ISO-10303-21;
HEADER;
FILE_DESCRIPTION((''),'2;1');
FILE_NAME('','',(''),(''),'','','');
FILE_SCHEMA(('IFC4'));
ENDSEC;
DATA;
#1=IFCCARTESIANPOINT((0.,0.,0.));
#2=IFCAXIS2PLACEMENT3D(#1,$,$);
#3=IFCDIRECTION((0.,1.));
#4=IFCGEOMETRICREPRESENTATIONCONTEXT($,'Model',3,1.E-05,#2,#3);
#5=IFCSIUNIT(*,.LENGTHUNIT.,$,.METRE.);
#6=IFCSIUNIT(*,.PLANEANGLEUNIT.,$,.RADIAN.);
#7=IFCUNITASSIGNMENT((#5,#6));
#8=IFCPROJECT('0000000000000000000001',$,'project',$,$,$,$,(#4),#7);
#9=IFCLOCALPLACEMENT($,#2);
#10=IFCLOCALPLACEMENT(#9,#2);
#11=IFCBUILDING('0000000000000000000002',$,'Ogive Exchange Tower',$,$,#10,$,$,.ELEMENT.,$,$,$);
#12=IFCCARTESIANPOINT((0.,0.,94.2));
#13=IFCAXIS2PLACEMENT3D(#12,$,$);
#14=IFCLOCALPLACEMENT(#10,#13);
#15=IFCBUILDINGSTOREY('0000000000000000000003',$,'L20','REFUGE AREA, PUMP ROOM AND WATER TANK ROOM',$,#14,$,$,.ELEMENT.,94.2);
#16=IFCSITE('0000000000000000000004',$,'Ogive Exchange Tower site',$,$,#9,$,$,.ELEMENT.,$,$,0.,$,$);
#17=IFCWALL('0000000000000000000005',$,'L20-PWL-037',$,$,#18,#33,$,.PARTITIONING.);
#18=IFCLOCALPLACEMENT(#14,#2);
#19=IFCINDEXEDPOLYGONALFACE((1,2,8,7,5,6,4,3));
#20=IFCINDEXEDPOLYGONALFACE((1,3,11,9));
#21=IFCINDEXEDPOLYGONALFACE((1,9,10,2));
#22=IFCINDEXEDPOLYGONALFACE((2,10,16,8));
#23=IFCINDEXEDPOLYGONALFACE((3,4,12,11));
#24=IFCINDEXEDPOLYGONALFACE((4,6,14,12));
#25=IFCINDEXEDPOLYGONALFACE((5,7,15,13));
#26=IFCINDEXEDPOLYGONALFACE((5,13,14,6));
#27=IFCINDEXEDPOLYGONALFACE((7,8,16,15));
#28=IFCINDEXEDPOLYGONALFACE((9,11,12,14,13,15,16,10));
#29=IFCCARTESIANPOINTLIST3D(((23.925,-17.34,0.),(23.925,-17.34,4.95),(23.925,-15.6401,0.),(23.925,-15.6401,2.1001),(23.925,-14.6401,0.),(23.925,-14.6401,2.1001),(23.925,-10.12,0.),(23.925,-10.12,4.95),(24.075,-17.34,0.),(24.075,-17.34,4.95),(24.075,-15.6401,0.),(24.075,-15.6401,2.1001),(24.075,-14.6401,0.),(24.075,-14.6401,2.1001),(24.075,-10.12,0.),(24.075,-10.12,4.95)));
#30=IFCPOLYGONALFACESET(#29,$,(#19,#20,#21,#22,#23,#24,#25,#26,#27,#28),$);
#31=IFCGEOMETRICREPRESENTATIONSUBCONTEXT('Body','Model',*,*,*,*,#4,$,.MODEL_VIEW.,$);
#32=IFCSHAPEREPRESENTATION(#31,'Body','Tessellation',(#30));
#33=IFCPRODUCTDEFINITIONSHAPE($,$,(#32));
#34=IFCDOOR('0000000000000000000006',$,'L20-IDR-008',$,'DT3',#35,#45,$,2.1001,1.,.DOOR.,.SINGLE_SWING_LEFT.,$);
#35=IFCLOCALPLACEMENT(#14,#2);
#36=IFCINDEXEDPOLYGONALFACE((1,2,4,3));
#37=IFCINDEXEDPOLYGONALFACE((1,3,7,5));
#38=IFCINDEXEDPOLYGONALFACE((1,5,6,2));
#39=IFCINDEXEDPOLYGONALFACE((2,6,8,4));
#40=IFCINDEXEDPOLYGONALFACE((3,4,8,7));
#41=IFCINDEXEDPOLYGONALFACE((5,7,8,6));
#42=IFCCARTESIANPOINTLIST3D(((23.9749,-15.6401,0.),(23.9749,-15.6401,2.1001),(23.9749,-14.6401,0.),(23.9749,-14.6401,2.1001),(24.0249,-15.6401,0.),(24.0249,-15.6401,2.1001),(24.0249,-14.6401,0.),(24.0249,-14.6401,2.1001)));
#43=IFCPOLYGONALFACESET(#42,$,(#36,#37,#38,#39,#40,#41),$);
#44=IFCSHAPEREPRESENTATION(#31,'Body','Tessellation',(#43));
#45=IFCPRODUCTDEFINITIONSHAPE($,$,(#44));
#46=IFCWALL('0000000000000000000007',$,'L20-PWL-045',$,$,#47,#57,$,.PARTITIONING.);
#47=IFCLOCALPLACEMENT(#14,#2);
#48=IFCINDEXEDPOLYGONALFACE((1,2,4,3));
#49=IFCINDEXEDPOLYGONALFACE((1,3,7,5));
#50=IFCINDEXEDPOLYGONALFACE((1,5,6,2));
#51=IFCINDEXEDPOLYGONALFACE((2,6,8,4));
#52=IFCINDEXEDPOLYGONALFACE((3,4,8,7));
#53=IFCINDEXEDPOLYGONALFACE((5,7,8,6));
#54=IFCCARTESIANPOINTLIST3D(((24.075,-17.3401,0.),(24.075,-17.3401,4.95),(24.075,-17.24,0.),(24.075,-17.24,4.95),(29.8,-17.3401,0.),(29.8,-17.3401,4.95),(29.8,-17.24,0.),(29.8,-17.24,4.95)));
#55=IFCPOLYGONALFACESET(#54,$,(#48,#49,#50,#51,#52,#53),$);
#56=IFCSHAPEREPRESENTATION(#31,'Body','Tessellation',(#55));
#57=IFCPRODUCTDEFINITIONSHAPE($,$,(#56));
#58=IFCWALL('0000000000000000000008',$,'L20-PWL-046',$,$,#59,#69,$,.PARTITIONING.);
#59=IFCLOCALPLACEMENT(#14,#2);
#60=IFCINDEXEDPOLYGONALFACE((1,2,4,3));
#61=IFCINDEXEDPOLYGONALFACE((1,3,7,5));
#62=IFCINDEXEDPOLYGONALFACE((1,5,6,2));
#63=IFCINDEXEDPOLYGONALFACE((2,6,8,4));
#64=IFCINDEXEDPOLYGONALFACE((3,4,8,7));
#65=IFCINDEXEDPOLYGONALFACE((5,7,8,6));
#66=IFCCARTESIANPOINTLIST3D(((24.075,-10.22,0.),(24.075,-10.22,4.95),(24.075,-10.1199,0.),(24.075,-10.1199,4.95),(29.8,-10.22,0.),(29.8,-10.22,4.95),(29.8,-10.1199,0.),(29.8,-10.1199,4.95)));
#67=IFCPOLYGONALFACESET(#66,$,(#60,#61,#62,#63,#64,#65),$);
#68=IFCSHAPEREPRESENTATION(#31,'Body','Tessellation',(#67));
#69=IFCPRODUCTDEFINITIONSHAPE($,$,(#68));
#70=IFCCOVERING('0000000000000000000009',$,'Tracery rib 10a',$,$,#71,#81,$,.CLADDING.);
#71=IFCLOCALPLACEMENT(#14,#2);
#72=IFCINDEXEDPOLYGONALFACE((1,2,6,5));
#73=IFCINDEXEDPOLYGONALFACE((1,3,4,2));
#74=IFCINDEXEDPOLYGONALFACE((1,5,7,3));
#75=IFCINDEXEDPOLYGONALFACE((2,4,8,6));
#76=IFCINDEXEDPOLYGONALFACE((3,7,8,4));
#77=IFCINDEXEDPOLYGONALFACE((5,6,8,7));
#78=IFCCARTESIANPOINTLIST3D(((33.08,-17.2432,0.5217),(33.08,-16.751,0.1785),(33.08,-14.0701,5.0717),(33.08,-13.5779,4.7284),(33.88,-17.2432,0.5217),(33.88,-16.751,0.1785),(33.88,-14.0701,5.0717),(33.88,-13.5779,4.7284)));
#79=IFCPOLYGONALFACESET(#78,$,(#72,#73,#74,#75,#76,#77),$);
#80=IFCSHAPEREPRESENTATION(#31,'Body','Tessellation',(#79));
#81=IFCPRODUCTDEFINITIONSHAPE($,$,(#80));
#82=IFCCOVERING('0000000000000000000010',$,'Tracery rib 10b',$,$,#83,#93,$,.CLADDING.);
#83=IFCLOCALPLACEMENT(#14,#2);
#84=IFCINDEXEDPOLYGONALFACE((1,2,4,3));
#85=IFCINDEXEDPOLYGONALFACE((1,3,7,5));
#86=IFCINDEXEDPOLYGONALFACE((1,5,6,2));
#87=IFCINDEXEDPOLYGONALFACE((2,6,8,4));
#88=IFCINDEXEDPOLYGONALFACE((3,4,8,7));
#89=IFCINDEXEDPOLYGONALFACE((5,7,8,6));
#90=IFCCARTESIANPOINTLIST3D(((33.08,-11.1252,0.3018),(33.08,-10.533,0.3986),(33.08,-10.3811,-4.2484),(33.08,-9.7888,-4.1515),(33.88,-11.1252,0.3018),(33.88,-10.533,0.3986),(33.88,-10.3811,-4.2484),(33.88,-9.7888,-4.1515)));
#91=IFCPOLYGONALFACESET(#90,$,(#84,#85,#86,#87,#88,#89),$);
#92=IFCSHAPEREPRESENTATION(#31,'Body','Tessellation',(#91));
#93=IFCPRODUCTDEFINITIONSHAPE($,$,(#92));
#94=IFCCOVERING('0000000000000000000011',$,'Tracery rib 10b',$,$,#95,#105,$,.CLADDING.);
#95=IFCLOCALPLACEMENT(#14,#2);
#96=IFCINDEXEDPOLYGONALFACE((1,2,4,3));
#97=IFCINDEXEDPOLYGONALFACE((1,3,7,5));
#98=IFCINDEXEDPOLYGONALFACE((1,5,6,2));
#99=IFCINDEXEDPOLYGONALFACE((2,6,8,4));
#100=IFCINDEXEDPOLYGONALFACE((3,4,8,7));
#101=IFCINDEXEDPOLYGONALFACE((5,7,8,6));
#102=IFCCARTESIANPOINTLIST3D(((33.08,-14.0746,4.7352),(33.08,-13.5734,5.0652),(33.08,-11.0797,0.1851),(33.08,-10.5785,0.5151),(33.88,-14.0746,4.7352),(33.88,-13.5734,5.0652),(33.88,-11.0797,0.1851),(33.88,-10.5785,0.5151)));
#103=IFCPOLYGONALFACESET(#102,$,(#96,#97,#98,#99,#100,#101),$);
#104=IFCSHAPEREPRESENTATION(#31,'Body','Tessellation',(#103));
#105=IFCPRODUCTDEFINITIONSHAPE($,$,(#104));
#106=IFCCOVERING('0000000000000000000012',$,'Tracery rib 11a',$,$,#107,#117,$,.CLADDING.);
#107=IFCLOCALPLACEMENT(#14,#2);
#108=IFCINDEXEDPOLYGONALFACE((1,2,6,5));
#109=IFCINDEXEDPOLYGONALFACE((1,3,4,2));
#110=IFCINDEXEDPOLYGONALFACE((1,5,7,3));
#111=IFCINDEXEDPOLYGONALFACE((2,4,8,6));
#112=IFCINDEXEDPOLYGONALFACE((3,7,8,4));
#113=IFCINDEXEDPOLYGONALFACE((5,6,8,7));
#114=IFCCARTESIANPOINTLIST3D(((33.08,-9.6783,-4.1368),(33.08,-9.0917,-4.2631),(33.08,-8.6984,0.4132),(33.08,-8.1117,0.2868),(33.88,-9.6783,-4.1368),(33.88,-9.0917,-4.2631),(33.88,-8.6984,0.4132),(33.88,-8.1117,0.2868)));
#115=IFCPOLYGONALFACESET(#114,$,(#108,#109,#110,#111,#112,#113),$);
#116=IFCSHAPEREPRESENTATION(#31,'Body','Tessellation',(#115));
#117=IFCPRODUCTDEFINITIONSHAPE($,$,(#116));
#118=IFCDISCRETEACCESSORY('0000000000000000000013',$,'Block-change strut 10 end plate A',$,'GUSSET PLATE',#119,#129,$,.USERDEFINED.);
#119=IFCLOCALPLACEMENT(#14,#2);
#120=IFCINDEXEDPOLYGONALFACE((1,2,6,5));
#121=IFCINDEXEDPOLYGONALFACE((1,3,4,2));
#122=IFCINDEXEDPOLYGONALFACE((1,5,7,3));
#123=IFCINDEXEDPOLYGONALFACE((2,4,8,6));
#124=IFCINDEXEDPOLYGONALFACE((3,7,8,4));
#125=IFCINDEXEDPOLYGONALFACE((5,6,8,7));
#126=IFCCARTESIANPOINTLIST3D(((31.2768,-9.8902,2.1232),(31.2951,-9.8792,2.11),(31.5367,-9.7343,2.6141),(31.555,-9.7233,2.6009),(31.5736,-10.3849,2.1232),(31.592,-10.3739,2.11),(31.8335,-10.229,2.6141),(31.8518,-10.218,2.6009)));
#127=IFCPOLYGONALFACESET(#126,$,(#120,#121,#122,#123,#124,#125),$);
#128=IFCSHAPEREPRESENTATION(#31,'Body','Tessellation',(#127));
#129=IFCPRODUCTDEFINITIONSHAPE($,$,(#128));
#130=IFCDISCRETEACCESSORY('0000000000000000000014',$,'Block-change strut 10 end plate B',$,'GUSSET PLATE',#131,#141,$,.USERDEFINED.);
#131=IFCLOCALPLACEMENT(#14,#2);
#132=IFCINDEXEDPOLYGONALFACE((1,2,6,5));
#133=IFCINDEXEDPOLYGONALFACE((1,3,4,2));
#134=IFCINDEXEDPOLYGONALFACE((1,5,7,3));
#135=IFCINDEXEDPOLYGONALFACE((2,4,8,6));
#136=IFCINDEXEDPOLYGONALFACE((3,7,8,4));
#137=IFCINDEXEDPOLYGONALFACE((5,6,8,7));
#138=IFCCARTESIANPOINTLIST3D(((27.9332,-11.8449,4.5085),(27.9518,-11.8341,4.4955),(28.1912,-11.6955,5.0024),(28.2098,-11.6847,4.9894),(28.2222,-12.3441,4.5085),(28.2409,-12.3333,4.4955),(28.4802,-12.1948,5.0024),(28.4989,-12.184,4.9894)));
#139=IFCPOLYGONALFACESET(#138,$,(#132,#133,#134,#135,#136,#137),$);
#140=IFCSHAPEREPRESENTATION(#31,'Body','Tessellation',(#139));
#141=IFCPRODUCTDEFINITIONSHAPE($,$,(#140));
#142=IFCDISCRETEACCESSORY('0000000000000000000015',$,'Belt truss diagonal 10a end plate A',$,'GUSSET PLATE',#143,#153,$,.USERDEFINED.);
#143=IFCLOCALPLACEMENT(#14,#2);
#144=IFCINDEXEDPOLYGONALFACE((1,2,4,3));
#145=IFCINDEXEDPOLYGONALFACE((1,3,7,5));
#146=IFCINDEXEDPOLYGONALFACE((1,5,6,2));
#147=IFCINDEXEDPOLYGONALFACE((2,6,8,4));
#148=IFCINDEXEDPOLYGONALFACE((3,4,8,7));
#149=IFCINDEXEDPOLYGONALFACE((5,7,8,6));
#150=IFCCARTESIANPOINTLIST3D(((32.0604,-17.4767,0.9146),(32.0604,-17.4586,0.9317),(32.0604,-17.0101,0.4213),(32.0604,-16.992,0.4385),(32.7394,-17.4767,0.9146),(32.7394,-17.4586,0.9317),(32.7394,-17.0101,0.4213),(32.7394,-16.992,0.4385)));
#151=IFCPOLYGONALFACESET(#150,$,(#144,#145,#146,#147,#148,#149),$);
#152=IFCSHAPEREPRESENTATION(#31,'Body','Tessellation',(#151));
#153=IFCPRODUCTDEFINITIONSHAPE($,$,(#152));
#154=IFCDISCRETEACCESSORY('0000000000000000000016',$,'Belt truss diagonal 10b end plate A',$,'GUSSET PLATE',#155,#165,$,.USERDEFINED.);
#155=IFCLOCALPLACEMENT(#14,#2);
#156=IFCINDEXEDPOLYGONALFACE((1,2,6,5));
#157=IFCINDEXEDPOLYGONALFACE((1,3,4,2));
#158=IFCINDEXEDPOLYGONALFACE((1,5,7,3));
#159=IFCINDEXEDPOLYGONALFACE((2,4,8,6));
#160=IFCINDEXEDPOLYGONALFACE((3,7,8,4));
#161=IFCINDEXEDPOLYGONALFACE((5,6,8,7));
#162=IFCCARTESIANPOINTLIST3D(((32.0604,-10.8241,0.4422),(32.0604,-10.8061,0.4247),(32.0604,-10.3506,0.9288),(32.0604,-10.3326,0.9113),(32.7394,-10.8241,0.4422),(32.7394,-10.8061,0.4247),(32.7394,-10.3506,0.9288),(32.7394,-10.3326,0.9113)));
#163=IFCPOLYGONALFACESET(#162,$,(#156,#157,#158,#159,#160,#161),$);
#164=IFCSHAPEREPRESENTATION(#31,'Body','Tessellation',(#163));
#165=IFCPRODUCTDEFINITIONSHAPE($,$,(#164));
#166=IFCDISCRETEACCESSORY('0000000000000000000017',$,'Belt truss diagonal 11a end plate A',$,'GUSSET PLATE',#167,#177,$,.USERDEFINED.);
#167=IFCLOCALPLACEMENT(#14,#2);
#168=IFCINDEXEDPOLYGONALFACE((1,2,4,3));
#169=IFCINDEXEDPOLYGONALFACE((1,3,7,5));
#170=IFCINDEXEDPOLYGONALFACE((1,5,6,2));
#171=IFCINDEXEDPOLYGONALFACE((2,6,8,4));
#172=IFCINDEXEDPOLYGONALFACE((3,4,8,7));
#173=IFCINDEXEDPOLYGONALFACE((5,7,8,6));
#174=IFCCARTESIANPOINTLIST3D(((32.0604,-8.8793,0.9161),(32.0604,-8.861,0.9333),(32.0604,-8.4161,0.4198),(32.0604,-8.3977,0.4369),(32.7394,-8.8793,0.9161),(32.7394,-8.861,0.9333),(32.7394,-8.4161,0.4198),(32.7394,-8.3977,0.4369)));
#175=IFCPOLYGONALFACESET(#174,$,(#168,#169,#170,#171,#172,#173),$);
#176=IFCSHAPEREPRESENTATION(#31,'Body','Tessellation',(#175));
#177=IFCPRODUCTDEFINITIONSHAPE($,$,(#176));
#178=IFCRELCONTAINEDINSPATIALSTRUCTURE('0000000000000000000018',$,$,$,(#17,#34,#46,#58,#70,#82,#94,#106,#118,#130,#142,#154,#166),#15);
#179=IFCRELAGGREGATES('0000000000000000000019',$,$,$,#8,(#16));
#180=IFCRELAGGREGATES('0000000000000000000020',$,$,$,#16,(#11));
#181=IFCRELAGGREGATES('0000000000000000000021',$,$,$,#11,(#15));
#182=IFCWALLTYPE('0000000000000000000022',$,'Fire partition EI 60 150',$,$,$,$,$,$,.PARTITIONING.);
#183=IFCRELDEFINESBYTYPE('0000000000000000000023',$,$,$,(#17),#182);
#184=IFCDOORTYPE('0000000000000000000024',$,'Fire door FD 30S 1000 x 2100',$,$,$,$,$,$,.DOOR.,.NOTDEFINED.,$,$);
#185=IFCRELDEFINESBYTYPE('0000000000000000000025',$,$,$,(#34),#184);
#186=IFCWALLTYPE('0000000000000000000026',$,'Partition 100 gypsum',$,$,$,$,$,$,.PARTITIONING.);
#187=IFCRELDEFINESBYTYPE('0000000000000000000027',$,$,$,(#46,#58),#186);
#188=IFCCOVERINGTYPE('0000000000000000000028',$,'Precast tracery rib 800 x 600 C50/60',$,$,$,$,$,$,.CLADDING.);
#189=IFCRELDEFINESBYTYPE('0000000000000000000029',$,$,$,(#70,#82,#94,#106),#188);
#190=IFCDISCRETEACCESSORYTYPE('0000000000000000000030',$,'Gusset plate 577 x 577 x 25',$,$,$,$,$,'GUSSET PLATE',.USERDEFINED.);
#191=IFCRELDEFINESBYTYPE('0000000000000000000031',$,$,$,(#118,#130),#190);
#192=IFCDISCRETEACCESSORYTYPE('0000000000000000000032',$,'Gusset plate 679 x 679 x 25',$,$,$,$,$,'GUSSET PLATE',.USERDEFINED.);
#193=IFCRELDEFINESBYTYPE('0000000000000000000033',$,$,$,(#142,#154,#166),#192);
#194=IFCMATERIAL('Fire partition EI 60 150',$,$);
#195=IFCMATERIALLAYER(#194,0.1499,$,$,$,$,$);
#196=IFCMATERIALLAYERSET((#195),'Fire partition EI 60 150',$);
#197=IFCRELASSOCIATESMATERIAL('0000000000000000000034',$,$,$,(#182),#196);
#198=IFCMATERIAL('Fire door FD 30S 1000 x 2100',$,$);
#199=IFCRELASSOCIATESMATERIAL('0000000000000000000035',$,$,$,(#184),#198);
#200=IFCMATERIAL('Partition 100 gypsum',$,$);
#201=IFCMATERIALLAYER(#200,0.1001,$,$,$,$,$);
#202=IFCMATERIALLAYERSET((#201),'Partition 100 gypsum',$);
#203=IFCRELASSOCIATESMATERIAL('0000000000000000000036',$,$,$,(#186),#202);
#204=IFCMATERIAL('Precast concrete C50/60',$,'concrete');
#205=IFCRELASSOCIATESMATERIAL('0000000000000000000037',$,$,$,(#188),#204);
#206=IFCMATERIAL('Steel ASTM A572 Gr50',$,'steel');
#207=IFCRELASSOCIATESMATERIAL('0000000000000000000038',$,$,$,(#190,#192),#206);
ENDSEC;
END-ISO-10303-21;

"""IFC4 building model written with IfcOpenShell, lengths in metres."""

from ifc_helpers import new_model, si_unit, direction, frame, frame_2d, origin, origin_2d, place, context, subcontext, project, spatial, rectangle, extrude, material, layer, layer_set, material_profile, profile_set, type_object, element, fill, save


model = new_model("IFC4")

# Units and contexts
model_context = context("Model", 3, precision=1e-05, world=origin(), true_north=direction((0.0, 1.0)))
body_context = subcontext(model_context, "Body", "Model", "MODEL_VIEW")
ifc_project = project(units=[si_unit("LENGTHUNIT", "METRE"), si_unit("PLANEANGLEUNIT", "RADIAN")], contexts=[model_context])

# Site, building, storey
site_placement = place(None, origin())
site = spatial("IfcSite", under=ifc_project, at=site_placement, Name="Ogive Exchange Tower site", CompositionType="ELEMENT", RefElevation=0.0)
building_placement = place(site_placement, origin())
building = spatial("IfcBuilding", under=site, at=building_placement, Name="Ogive Exchange Tower", CompositionType="ELEMENT")
storey_placement = place(building_placement, frame((0.0, 0.0, 94.2)))
storey = spatial("IfcBuildingStorey", under=building, at=storey_placement, Name="L20", Description="REFUGE AREA, PUMP ROOM AND WATER TANK ROOM", CompositionType="ELEMENT", Elevation=94.2)

# Shared definitions
ifc_material_1 = material(Name="Fire partition EI 60 150")
ifc_layer_1 = layer(ifc_material_1, 0.1499)
ifc_layer_set_1 = layer_set([ifc_layer_1], Name="Fire partition EI 60 150")
wall_type_1 = type_object("IfcWallType", Name="Fire partition EI 60 150", PredefinedType="PARTITIONING", material=ifc_layer_set_1)

# Wall, opening, door
wall_1_placement = place(storey_placement, frame((24.0, -10.1201, 0.0), z_axis=(0.0, 0.0, 1.0), x_axis=(0.0, -1.0, 0.0)))
wall_1 = element("IfcWall", 1, at=wall_1_placement, inside=storey, type_object=wall_type_1, Name="L20-PWL-037", PredefinedType="PARTITIONING", context=body_context, shape_type="SweptSolid", body=[
    extrude(rectangle(XDim=7.22, YDim=0.1499, at=frame_2d((3.6099, 0.0))), origin(), (0.0, 0.0, 1.0), 4.95),
])
opening_placement = place(wall_1_placement, frame((4.52, 0.0, 0.0)))
opening = element("IfcOpeningElement", 2, at=opening_placement, cuts=wall_1, PredefinedType="OPENING", context=body_context, shape_type="SweptSolid", body=[
    extrude(rectangle(XDim=1.0, YDim=2.1001, at=frame_2d((0.5, 1.05))), frame((0.0, 0.085, 0.0), z_axis=(0.0, -1.0, 0.0), x_axis=(1.0, 0.0, 0.0)), (0.0, 0.0, 1.0), 0.1699),
])
ifc_material_2 = material(Name="Fire door FD 30S 1000 x 2100")
door_type = type_object("IfcDoorType", Name="Fire door FD 30S 1000 x 2100", OperationType="NOTDEFINED", PredefinedType="DOOR", material=ifc_material_2)
door_placement = place(opening_placement, origin())
door = element("IfcDoor", 3, at=door_placement, inside=storey, type_object=door_type, Name="L20-IDR-008", ObjectType="DT3", OperationType="SINGLE_SWING_LEFT", OverallHeight=2.1001, OverallWidth=1.0, PredefinedType="DOOR", context=body_context, shape_type="SweptSolid", body=[
    extrude(rectangle(XDim=1.0, YDim=2.1001, at=frame_2d((0.5, 1.05))), frame((0.0, 0.0249, 0.0), z_axis=(0.0, -1.0, 0.0), x_axis=(1.0, 0.0, 0.0)), (0.0, 0.0, 1.0), 0.05),
])
fill(opening, door)

# Walls
ifc_material_3 = material(Name="Partition 100 gypsum")
ifc_layer_2 = layer(ifc_material_3, 0.1001)
ifc_layer_set_2 = layer_set([ifc_layer_2], Name="Partition 100 gypsum")
wall_type_2 = type_object("IfcWallType", Name="Partition 100 gypsum", PredefinedType="PARTITIONING", material=ifc_layer_set_2)
for number, where, z_axis, x_axis, name in (
    (4, (29.8, -17.29, 0.0), (0.0, 0.0, 1.0), (-1.0, 0.0, 0.0), "L20-PWL-045"),
    (5, (29.8, -10.1699, 0.0), (0.0, 0.0, 1.0), (-1.0, 0.0, 0.0), "L20-PWL-046"),
):
    element("IfcWall", number, at=place(storey_placement, frame(where, z_axis=z_axis, x_axis=x_axis)), inside=storey, type_object=wall_type_2, Name=name, PredefinedType="PARTITIONING", context=body_context, shape_type="SweptSolid", body=[
        extrude(rectangle(XDim=5.7251, YDim=0.1001, at=frame_2d((2.8625, 0.0))), origin(), (0.0, 0.0, 1.0), 4.95),
    ])

# Coverings
ifc_material_4 = material(Name="Precast concrete C50/60", Category="concrete")
ifc_material_profile_1 = material_profile(ifc_material_4, rectangle(XDim=0.8, YDim=0.6001, at=origin_2d()), Name="RIB 800 x 600")
ifc_profile_set_1 = profile_set([ifc_material_profile_1], Name="Precast concrete C50/60")
covering_type = type_object("IfcCoveringType", Name="Precast tracery rib 800 x 600 C50/60", PredefinedType="CLADDING", material=ifc_profile_set_1)
covering_1_placement = place(storey_placement, frame((33.48, -16.9971, 0.3501), z_axis=(0.0, 0.572017, 0.820242), x_axis=(-1.0, 0.0, 0.0)))
element("IfcCovering", 6, at=covering_1_placement, inside=storey, type_object=covering_type, Name="Tracery rib 10a", PredefinedType="CLADDING", context=body_context, shape_type="SweptSolid", body=[
    extrude(rectangle(XDim=0.8, YDim=0.6001, at=origin_2d()), origin(), (0.0, 0.0, 1.0), 5.5471),
])
covering_2_placement = place(storey_placement, frame((33.48, -10.085, -4.2), z_axis=(0.0, -0.161401, 0.986889), x_axis=(1.0, 0.0, 0.0)))
element("IfcCovering", 7, at=covering_2_placement, inside=storey, type_object=covering_type, Name="Tracery rib 10b", PredefinedType="CLADDING", context=body_context, shape_type="SweptSolid", body=[
    extrude(rectangle(XDim=0.8, YDim=0.6001, at=origin_2d()), origin(), (0.0, 0.0, 1.0), 4.6106),
])
covering_3_placement = place(storey_placement, frame((33.48, -10.8291, 0.3501), z_axis=(0.0, -0.549798, 0.835297), x_axis=(1.0, 0.0, 0.0)))
element("IfcCovering", 8, at=covering_3_placement, inside=storey, type_object=covering_type, Name="Tracery rib 10b", PredefinedType="CLADDING", context=body_context, shape_type="SweptSolid", body=[
    extrude(rectangle(XDim=0.8, YDim=0.6001, at=origin_2d()), origin(), (0.0, 0.0, 1.0), 5.4473),
])
covering_4_placement = place(storey_placement, frame((33.48, -9.385, -4.2), z_axis=(0.0, 0.21055, 0.977583), x_axis=(-1.0, 0.0, 0.0)))
element("IfcCovering", 9, at=covering_4_placement, inside=storey, type_object=covering_type, Name="Tracery rib 11a", PredefinedType="CLADDING", context=body_context, shape_type="SweptSolid", body=[
    extrude(rectangle(XDim=0.8, YDim=0.6001, at=origin_2d()), origin(), (0.0, 0.0, 1.0), 4.6543),
])

# Discrete accessories
ifc_material_5 = material(Name="Steel ASTM A572 Gr50", Category="steel")
ifc_material_profile_2 = material_profile(ifc_material_5, rectangle(XDim=0.5769, YDim=0.5769, at=origin_2d()), Name="PL 577 x 577 x 25")
ifc_profile_set_2 = profile_set([ifc_material_profile_2], Name="Steel ASTM A572 Gr50")
discrete_accessory_type_1 = type_object("IfcDiscreteAccessoryType", Name="Gusset plate 577 x 577 x 25", ElementType="GUSSET PLATE", PredefinedType="USERDEFINED", material=ifc_profile_set_2)
for number, where, z_axis, x_axis, name in (
    (10, (31.5735, -10.0486, 2.3555), (-0.729636, -0.437781, 0.525338), (0.514496, -0.857493, 0.0), "Block-change strut 10 end plate A"),
    (11, (28.2253, -12.009, 4.7424), (-0.740943, -0.428967, 0.516711), (0.501036, -0.865426, 0.0), "Block-change strut 10 end plate B"),
):
    element("IfcDiscreteAccessory", number, at=place(storey_placement, frame(where, z_axis=z_axis, x_axis=x_axis)), inside=storey, type_object=discrete_accessory_type_1, Name=name, ObjectType="GUSSET PLATE", PredefinedType="USERDEFINED", context=body_context, shape_type="SweptSolid", body=[
        extrude(rectangle(XDim=0.5769, YDim=0.5769, at=origin_2d()), origin(), (0.0, 0.0, 1.0), 0.0251),
    ])
ifc_material_profile_3 = material_profile(ifc_material_5, rectangle(XDim=0.679, YDim=0.679, at=origin_2d()), Name="PL 679 x 679 x 25")
ifc_profile_set_3 = profile_set([ifc_material_profile_3], Name="Steel ASTM A572 Gr50")
discrete_accessory_type_2 = type_object("IfcDiscreteAccessoryType", Name="Gusset plate 679 x 679 x 25", ElementType="GUSSET PLATE", PredefinedType="USERDEFINED", material=ifc_profile_set_3)
discrete_accessory_placement = place(storey_placement, frame((32.3999, -17.2434, 0.668), z_axis=(0.0, 0.726468, 0.6872), x_axis=(-1.0, 0.0, 0.0)))
element("IfcDiscreteAccessory", 12, at=discrete_accessory_placement, inside=storey, type_object=discrete_accessory_type_2, Name="Belt truss diagonal 10a end plate A", ObjectType="GUSSET PLATE", PredefinedType="USERDEFINED", context=body_context, shape_type="SweptSolid", body=[
    extrude(rectangle(XDim=0.679, YDim=0.679, at=origin_2d()), origin(), (0.0, 0.0, 1.0), 0.0249),
])
for number, where, z_axis, x_axis, name in (
    (13, (32.3999, -10.5693, 0.668), (0.0, -0.716726, 0.697355), (1.0, 0.0, 0.0), "Belt truss diagonal 10b end plate A"),
    (14, (32.3999, -8.6477, 0.668), (0.0, 0.731055, 0.682318), (-1.0, 0.0, 0.0), "Belt truss diagonal 11a end plate A"),
):
    element("IfcDiscreteAccessory", number, at=place(storey_placement, frame(where, z_axis=z_axis, x_axis=x_axis)), inside=storey, type_object=discrete_accessory_type_2, Name=name, ObjectType="GUSSET PLATE", PredefinedType="USERDEFINED", context=body_context, shape_type="SweptSolid", body=[
        extrude(rectangle(XDim=0.679, YDim=0.679, at=origin_2d()), origin(), (0.0, 0.0, 1.0), 0.0251),
    ])

save(model, "model.ifc")
